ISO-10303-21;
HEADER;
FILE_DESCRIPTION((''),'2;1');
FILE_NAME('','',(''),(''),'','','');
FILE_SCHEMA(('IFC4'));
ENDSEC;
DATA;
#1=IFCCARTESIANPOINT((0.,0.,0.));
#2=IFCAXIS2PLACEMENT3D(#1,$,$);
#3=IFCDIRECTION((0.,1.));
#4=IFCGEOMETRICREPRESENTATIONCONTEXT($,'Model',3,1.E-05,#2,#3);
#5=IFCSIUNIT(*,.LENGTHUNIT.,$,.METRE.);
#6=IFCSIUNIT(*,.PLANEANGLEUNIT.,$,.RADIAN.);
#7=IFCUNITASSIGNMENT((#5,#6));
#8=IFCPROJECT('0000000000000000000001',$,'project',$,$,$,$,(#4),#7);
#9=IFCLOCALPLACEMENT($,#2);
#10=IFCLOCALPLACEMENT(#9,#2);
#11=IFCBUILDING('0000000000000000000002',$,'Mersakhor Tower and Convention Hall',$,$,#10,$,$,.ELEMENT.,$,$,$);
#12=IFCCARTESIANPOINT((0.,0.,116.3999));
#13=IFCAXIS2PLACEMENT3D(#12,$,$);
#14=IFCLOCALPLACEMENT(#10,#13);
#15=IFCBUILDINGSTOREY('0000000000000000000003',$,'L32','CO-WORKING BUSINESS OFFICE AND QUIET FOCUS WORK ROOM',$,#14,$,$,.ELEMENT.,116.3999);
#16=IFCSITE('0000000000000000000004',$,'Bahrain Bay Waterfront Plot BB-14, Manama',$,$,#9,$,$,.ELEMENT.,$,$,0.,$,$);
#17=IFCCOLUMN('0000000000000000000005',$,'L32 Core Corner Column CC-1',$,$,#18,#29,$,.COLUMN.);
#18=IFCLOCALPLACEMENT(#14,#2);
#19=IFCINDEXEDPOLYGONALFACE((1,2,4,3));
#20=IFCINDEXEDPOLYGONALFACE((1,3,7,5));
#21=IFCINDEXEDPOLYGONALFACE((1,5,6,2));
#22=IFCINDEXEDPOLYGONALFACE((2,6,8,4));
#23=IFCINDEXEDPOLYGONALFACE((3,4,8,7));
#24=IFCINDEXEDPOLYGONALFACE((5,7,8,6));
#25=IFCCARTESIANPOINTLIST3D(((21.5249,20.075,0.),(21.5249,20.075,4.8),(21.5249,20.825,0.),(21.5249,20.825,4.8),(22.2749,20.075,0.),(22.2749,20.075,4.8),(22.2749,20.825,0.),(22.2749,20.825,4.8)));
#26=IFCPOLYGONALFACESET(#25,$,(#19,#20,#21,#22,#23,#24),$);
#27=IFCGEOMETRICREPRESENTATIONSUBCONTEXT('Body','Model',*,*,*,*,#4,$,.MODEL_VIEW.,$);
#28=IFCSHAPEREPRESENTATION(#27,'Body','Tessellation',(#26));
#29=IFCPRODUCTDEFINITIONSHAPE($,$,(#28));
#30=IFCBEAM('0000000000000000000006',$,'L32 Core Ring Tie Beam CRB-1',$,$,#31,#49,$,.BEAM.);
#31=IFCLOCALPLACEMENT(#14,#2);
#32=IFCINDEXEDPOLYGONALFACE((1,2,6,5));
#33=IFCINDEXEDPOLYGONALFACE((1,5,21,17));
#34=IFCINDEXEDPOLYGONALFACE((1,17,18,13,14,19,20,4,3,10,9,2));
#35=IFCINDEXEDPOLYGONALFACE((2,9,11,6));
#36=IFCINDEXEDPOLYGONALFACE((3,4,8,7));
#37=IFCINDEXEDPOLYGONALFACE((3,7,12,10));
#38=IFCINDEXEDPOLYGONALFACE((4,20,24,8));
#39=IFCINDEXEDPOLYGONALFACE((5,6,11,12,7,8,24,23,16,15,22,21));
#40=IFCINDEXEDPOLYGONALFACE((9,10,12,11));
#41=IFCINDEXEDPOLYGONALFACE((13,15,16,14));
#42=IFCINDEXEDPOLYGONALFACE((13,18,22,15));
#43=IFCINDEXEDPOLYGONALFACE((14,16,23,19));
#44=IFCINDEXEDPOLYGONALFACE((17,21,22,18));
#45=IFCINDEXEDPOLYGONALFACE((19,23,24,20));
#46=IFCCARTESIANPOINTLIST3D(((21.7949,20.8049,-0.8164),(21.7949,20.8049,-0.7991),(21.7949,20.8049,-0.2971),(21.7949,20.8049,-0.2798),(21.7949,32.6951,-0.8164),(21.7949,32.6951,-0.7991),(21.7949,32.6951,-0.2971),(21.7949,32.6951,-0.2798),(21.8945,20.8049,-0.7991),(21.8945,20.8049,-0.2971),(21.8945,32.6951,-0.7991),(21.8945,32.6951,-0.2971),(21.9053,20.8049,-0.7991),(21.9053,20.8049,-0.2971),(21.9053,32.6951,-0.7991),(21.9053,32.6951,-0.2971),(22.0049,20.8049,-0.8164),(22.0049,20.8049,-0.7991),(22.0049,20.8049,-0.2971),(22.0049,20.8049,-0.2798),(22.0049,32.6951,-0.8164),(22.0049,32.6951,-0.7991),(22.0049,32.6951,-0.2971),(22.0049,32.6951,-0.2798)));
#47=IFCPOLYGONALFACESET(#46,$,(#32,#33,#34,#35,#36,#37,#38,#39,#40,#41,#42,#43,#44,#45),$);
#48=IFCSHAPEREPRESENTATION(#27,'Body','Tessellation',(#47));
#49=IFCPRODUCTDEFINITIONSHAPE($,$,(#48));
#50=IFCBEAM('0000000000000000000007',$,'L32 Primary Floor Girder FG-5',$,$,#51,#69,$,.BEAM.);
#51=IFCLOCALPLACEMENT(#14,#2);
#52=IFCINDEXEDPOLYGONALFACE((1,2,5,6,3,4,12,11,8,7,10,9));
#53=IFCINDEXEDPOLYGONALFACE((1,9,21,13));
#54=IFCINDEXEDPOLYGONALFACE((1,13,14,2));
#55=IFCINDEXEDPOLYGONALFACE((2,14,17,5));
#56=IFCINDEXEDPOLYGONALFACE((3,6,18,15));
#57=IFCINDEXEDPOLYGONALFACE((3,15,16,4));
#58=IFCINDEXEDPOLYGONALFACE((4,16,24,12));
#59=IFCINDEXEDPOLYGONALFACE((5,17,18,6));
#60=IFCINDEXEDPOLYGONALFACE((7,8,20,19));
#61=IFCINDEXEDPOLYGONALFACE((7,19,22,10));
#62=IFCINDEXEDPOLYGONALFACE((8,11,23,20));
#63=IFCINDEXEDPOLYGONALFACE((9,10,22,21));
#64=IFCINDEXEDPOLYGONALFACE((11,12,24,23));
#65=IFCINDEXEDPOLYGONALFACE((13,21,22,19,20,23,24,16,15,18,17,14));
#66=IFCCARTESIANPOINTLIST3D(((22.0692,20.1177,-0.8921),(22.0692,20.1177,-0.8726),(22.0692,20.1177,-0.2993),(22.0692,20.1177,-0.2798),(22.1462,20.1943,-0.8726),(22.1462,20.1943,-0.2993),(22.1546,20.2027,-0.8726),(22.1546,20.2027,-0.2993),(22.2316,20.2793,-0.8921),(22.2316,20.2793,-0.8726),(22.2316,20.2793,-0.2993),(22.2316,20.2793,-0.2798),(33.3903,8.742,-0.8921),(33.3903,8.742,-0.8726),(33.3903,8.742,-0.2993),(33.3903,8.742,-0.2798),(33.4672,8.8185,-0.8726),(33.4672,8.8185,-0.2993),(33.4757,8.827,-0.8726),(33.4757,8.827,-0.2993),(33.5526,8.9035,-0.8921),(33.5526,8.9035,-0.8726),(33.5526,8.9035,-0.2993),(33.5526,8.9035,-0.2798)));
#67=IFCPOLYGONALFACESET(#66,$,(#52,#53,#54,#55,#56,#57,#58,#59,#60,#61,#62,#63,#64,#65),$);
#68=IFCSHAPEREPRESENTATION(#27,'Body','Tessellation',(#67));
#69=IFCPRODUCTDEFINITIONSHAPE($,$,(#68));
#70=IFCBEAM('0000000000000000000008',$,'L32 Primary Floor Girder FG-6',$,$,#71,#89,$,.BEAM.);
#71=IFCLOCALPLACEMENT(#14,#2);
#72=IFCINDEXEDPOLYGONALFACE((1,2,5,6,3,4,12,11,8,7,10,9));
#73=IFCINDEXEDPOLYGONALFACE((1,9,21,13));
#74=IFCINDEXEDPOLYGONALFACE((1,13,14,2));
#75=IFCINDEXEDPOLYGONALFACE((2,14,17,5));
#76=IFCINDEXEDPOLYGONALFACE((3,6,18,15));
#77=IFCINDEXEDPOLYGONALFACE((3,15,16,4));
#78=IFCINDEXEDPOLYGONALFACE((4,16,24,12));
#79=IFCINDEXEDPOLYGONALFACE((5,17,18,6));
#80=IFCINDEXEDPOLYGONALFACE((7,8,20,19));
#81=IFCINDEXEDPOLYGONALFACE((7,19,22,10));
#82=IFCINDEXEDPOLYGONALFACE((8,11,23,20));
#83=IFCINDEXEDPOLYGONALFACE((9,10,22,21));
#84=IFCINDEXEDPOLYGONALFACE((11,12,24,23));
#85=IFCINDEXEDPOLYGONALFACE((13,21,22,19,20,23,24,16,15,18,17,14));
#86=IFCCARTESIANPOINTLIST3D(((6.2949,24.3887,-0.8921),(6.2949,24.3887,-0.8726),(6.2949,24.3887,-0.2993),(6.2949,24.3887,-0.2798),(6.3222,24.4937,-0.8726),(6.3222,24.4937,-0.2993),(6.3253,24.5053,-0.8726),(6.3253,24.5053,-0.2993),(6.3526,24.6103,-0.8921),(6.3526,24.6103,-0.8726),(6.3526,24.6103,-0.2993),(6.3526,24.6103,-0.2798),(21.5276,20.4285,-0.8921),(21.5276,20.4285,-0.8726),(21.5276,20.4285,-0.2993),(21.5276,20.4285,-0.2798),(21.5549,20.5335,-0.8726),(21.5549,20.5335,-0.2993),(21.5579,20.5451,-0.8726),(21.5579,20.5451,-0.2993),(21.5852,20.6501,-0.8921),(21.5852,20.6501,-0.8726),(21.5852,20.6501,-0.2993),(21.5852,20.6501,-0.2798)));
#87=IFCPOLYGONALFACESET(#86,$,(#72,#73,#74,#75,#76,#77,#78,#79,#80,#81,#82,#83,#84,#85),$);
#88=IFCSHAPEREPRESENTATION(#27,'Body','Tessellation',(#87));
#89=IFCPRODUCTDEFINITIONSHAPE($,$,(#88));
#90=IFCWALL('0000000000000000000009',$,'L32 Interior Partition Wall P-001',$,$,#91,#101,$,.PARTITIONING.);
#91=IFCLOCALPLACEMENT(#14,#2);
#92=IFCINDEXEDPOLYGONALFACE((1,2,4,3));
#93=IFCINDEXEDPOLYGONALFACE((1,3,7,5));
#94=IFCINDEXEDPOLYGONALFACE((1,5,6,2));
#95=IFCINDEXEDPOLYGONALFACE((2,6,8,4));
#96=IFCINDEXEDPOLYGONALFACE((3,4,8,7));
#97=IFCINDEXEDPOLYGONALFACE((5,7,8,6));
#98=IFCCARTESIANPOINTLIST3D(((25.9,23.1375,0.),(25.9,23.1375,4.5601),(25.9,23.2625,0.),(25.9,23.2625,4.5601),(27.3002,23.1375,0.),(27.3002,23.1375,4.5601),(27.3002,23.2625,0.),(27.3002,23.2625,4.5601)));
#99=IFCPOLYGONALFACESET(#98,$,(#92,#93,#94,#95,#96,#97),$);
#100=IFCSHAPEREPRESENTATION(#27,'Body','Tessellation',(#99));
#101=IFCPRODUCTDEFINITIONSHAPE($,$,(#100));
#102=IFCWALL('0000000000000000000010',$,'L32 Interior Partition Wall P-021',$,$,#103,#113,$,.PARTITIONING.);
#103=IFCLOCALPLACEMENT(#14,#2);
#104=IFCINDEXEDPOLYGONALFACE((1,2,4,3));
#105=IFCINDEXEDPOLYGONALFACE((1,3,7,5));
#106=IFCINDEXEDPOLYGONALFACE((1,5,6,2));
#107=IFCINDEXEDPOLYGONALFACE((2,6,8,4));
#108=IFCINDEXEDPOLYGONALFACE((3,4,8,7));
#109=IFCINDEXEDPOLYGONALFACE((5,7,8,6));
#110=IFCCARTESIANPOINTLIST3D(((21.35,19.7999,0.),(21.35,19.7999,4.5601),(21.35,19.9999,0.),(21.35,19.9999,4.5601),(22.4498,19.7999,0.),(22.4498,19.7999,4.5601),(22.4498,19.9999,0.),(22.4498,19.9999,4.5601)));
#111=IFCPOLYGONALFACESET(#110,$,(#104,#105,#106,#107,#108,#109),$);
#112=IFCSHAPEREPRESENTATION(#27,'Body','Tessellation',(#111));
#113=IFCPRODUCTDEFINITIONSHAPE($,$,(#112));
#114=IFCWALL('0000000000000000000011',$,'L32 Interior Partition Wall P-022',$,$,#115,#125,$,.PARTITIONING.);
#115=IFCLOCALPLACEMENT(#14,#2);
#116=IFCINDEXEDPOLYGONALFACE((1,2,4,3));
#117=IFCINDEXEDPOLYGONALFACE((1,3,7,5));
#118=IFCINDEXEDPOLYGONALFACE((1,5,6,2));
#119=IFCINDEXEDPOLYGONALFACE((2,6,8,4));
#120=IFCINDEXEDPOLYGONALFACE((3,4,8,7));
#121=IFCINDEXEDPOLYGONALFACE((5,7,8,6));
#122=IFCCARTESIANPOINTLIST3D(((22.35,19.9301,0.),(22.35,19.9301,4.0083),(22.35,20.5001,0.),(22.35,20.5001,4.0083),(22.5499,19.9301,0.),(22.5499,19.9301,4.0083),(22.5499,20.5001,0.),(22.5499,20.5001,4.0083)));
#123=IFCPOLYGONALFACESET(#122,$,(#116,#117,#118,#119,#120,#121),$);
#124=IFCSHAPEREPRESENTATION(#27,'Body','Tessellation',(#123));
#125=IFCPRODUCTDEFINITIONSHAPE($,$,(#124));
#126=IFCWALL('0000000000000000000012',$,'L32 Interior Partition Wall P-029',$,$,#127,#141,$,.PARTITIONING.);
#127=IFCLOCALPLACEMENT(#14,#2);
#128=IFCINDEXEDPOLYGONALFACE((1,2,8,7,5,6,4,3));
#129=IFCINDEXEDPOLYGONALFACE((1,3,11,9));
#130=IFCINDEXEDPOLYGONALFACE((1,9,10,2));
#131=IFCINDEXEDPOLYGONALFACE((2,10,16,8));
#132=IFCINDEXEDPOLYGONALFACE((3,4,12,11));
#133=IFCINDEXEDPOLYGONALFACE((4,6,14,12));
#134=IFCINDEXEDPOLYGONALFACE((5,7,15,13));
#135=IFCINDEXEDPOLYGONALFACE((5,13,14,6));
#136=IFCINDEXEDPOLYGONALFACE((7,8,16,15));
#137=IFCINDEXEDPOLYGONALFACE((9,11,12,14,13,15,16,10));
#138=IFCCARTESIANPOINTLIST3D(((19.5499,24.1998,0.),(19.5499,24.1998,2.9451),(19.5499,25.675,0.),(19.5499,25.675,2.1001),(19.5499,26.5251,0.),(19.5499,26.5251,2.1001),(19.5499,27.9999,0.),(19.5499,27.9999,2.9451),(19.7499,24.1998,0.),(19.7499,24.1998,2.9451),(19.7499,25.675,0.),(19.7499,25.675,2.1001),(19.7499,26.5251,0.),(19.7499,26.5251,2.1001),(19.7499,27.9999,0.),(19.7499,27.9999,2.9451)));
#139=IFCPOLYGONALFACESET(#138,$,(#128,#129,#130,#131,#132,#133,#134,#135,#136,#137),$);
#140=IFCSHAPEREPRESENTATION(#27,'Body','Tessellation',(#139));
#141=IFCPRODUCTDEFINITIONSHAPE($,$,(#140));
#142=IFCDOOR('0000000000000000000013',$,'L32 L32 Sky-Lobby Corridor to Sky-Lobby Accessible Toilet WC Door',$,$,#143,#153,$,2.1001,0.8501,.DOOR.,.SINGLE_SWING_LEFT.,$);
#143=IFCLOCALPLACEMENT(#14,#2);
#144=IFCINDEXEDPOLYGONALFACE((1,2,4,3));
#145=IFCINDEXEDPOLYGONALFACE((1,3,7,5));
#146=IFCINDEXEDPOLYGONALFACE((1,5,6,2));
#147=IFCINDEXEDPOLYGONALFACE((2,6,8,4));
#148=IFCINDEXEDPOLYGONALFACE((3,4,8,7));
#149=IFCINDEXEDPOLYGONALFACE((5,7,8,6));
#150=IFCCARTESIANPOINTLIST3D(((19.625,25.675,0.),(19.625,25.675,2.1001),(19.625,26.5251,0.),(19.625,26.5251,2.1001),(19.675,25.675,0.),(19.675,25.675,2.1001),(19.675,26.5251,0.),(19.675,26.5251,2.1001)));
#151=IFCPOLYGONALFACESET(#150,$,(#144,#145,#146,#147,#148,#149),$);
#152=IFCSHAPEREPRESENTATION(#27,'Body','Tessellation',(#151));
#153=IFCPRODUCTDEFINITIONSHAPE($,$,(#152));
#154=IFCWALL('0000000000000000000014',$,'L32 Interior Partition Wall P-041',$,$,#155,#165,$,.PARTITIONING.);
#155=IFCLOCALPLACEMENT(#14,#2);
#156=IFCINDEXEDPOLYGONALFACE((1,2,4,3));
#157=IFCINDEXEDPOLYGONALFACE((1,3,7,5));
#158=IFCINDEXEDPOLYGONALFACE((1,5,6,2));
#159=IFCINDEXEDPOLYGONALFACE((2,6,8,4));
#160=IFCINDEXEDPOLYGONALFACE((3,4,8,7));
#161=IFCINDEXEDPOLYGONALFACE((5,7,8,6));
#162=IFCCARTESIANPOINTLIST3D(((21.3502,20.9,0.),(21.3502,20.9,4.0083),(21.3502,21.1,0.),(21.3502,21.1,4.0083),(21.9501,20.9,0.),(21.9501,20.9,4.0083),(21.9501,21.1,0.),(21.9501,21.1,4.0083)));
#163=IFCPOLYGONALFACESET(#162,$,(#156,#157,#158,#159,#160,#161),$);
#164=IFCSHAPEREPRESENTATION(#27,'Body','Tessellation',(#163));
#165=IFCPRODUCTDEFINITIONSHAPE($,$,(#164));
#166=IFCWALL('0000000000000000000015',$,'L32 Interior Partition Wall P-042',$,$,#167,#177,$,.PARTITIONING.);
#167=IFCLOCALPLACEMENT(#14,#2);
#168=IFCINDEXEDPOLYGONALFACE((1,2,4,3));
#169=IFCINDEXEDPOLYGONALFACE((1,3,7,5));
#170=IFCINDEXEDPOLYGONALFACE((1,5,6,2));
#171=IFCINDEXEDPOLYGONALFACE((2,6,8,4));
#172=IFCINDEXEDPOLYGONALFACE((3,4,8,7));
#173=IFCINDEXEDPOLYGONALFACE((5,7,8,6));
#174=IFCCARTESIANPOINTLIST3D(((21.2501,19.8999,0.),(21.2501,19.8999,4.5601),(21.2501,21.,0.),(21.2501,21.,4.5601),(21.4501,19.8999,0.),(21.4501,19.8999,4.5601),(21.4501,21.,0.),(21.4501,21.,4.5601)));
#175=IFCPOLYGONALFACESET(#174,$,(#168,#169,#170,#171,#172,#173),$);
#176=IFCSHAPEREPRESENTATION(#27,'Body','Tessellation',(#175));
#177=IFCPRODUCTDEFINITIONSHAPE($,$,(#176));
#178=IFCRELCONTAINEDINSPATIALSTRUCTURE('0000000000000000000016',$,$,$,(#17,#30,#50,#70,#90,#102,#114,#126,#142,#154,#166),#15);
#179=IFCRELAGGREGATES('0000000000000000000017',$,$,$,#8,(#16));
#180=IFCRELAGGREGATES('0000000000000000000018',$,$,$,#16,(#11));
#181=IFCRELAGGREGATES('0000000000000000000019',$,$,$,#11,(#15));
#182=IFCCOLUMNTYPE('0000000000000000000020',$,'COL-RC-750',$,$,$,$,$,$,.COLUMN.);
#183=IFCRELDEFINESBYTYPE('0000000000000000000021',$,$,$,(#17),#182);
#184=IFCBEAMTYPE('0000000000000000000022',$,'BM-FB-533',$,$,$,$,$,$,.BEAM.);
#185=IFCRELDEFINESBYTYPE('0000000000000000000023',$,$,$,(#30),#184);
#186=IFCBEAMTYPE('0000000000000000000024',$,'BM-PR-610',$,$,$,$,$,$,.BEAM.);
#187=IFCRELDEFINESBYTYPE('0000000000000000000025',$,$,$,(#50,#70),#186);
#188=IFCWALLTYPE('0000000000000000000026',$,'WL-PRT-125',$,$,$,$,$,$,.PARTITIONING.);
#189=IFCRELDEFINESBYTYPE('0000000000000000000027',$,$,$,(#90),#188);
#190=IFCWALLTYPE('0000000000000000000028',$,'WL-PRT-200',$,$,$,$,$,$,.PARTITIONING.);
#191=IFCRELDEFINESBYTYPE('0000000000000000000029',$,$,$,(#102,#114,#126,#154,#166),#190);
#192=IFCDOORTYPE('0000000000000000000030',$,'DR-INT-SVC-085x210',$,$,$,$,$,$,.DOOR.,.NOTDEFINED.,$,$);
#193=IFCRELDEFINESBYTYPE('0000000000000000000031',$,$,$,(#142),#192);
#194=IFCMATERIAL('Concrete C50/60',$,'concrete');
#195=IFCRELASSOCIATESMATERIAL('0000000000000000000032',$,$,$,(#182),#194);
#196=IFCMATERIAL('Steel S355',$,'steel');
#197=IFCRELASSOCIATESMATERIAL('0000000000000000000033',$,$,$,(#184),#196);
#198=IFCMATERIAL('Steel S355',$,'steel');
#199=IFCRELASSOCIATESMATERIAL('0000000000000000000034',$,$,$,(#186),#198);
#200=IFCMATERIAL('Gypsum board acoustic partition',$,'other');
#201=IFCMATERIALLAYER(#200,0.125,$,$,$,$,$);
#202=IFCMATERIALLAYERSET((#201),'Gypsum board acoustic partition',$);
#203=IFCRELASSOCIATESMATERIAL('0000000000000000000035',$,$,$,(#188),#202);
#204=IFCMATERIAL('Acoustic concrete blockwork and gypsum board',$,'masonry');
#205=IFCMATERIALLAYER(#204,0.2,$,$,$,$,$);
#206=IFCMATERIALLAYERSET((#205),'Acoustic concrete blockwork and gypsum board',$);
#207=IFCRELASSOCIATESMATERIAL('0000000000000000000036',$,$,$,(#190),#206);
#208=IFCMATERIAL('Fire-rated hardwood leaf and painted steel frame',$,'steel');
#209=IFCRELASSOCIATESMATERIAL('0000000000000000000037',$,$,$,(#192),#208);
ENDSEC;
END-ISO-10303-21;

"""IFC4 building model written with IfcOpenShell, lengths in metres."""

from ifc_helpers import new_model, si_unit, direction, frame, frame_2d, origin, origin_2d, place, context, subcontext, project, spatial, rectangle, i_section, extrude, material, layer, layer_set, material_profile, profile_set, type_object, element, fill, save


model = new_model("IFC4")

# Units and contexts
model_context = context("Model", 3, precision=1e-05, world=origin(), true_north=direction((0.0, 1.0)))
body_context = subcontext(model_context, "Body", "Model", "MODEL_VIEW")
ifc_project = project(units=[si_unit("LENGTHUNIT", "METRE"), si_unit("PLANEANGLEUNIT", "RADIAN")], contexts=[model_context])

# Site, building, storey
site_placement = place(None, origin())
site = spatial("IfcSite", under=ifc_project, at=site_placement, Name="Bahrain Bay Waterfront Plot BB-14, Manama", CompositionType="ELEMENT", RefElevation=0.0)
building_placement = place(site_placement, origin())
building = spatial("IfcBuilding", under=site, at=building_placement, Name="Mersakhor Tower and Convention Hall", CompositionType="ELEMENT")
storey_placement = place(building_placement, frame((0.0, 0.0, 116.3999)))
storey = spatial("IfcBuildingStorey", under=building, at=storey_placement, Name="L32", Description="CO-WORKING BUSINESS OFFICE AND QUIET FOCUS WORK ROOM", CompositionType="ELEMENT", Elevation=116.3999)

# Column
ifc_material_1 = material(Name="Concrete C50/60", Category="concrete")
ifc_material_profile_1 = material_profile(ifc_material_1, rectangle(XDim=0.75, YDim=0.75, at=origin_2d()), Name="RC 750x750")
ifc_profile_set_1 = profile_set([ifc_material_profile_1], Name="Concrete C50/60")
column_type = type_object("IfcColumnType", Name="COL-RC-750", PredefinedType="COLUMN", material=ifc_profile_set_1)
column_placement = place(storey_placement, frame((21.8999, 20.45, 0.0), z_axis=(0.0, 0.0, 1.0), x_axis=(1.0, 0.0, 0.0)))
element("IfcColumn", 1, at=column_placement, inside=storey, type_object=column_type, Name="L32 Core Corner Column CC-1", PredefinedType="COLUMN", context=body_context, shape_type="SweptSolid", body=[
    extrude(rectangle(XDim=0.75, YDim=0.75, at=origin_2d()), origin(), (0.0, 0.0, 1.0), 4.8),
])

# Beams
ifc_material_2 = material(Name="Steel S355", Category="steel")
ifc_material_profile_2 = material_profile(ifc_material_2, i_section(OverallWidth=0.21, OverallDepth=0.5366, WebThickness=0.0107, FlangeThickness=0.0173, at=origin_2d()), Name="UB 533x210x101")
ifc_profile_set_2 = profile_set([ifc_material_profile_2], Name="Steel S355")
beam_type_1 = type_object("IfcBeamType", Name="BM-FB-533", PredefinedType="BEAM", material=ifc_profile_set_2)
beam_1_placement = place(storey_placement, frame((21.8999, 20.8049, -0.5481), z_axis=(0.0, 1.0, 0.0), x_axis=(-1.0, 0.0, 0.0)))
element("IfcBeam", 2, at=beam_1_placement, inside=storey, type_object=beam_type_1, Name="L32 Core Ring Tie Beam CRB-1", PredefinedType="BEAM", context=body_context, shape_type="SweptSolid", body=[
    extrude(i_section(OverallWidth=0.21, OverallDepth=0.5366, WebThickness=0.0107, FlangeThickness=0.0173, at=origin_2d()), origin(), (0.0, 0.0, 1.0), 11.8901),
])
ifc_material_3 = material(Name="Steel S355", Category="steel")
ifc_material_profile_3 = material_profile(ifc_material_3, i_section(OverallWidth=0.229, OverallDepth=0.6123, WebThickness=0.012, FlangeThickness=0.0195, at=origin_2d()), Name="UB 610x229x125")
ifc_profile_set_3 = profile_set([ifc_material_profile_3], Name="Steel S355")
beam_type_2 = type_object("IfcBeamType", Name="BM-PR-610", PredefinedType="BEAM", material=ifc_profile_set_3)
beam_2_placement = place(storey_placement, frame((22.1504, 20.1985, -0.5859), z_axis=(0.705401, -0.708808, 0.0), x_axis=(0.708808, 0.705401, 0.0)))
element("IfcBeam", 3, at=beam_2_placement, inside=storey, type_object=beam_type_2, Name="L32 Primary Floor Girder FG-5", PredefinedType="BEAM", context=body_context, shape_type="SweptSolid", body=[
    extrude(i_section(OverallWidth=0.229, OverallDepth=0.6123, WebThickness=0.012, FlangeThickness=0.0195, at=origin_2d()), origin(), (0.0, 0.0, 1.0), 16.0491),
])
beam_3_placement = place(storey_placement, frame((21.5564, 20.5393, -0.5859), z_axis=(-0.967827, 0.251617, 0.0), x_axis=(-0.251617, -0.967827, 0.0)))
element("IfcBeam", 4, at=beam_3_placement, inside=storey, type_object=beam_type_2, Name="L32 Primary Floor Girder FG-6", PredefinedType="BEAM", context=body_context, shape_type="SweptSolid", body=[
    extrude(i_section(OverallWidth=0.229, OverallDepth=0.6123, WebThickness=0.012, FlangeThickness=0.0195, at=origin_2d()), origin(), (0.0, 0.0, 1.0), 15.739),
])

# Wall
ifc_material_4 = material(Name="Gypsum board acoustic partition", Category="other")
ifc_layer_1 = layer(ifc_material_4, 0.125)
ifc_layer_set_1 = layer_set([ifc_layer_1], Name="Gypsum board acoustic partition")
wall_type_1 = type_object("IfcWallType", Name="WL-PRT-125", PredefinedType="PARTITIONING", material=ifc_layer_set_1)
wall_1_placement = place(storey_placement, frame((25.8999, 23.2, 0.0), z_axis=(0.0, 0.0, 1.0), x_axis=(1.0, 0.0, 0.0)))
element("IfcWall", 5, at=wall_1_placement, inside=storey, type_object=wall_type_1, Name="L32 Interior Partition Wall P-001", PredefinedType="PARTITIONING", context=body_context, shape_type="SweptSolid", body=[
    extrude(rectangle(XDim=1.4001, YDim=0.125, at=frame_2d((0.7002, 0.0))), origin(), (0.0, 0.0, 1.0), 4.5601),
])

# Shared definitions
ifc_material_5 = material(Name="Acoustic concrete blockwork and gypsum board", Category="masonry")
ifc_layer_2 = layer(ifc_material_5, 0.2)
ifc_layer_set_2 = layer_set([ifc_layer_2], Name="Acoustic concrete blockwork and gypsum board")
wall_type_2 = type_object("IfcWallType", Name="WL-PRT-200", PredefinedType="PARTITIONING", material=ifc_layer_set_2)

# Walls
wall_2_placement = place(storey_placement, frame((21.3501, 19.8999, 0.0), z_axis=(0.0, 0.0, 1.0), x_axis=(1.0, 0.0, 0.0)))
element("IfcWall", 6, at=wall_2_placement, inside=storey, type_object=wall_type_2, Name="L32 Interior Partition Wall P-021", PredefinedType="PARTITIONING", context=body_context, shape_type="SweptSolid", body=[
    extrude(rectangle(XDim=1.0999, YDim=0.2, at=frame_2d((0.5498, 0.0))), origin(), (0.0, 0.0, 1.0), 4.5601),
])
wall_3_placement = place(storey_placement, frame((22.45, 19.9299, 0.0), z_axis=(0.0, 0.0, 1.0), x_axis=(0.0, 1.0, 0.0)))
element("IfcWall", 7, at=wall_3_placement, inside=storey, type_object=wall_type_2, Name="L32 Interior Partition Wall P-022", PredefinedType="PARTITIONING", context=body_context, shape_type="SweptSolid", body=[
    extrude(rectangle(XDim=0.5701, YDim=0.2, at=frame_2d((0.2852, 0.0))), origin(), (0.0, 0.0, 1.0), 4.0083),
])

# Wall, opening, door
wall_4_placement = place(storey_placement, frame((19.6499, 24.2, 0.0), z_axis=(0.0, 0.0, 1.0), x_axis=(0.0, 1.0, 0.0)))
wall_4 = element("IfcWall", 8, at=wall_4_placement, inside=storey, type_object=wall_type_2, Name="L32 Interior Partition Wall P-029", PredefinedType="PARTITIONING", context=body_context, shape_type="SweptSolid", body=[
    extrude(rectangle(XDim=3.8, YDim=0.2, at=frame_2d((1.8999, 0.0))), origin(), (0.0, 0.0, 1.0), 2.9451),
])
opening_1_placement = place(wall_4_placement, frame((1.4751, 0.0, 0.0)))
opening_1 = element("IfcOpeningElement", 9, at=opening_1_placement, cuts=wall_4, PredefinedType="OPENING", context=body_context, shape_type="SweptSolid", body=[
    extrude(rectangle(XDim=0.8501, YDim=2.1001, at=frame_2d((0.425, 1.05))), frame((0.0, 0.1099, 0.0), z_axis=(0.0, -1.0, 0.0), x_axis=(1.0, 0.0, 0.0)), (0.0, 0.0, 1.0), 0.22),
])
ifc_material_6 = material(Name="Fire-rated hardwood leaf and painted steel frame", Category="steel")
door_type_1 = type_object("IfcDoorType", Name="DR-INT-SVC-085x210", OperationType="NOTDEFINED", PredefinedType="DOOR", material=ifc_material_6)
door_1_placement = place(opening_1_placement, origin())
door_1 = element("IfcDoor", 10, at=door_1_placement, inside=storey, type_object=door_type_1, Name="L32 L32 Sky-Lobby Corridor to Sky-Lobby Accessible Toilet WC Door", OperationType="SINGLE_SWING_LEFT", OverallHeight=2.1001, OverallWidth=0.8501, PredefinedType="DOOR", context=body_context, shape_type="SweptSolid", body=[
    extrude(rectangle(XDim=0.8501, YDim=2.1001, at=frame_2d((0.425, 1.05))), frame((0.0, 0.0249, 0.0), z_axis=(0.0, -1.0, 0.0), x_axis=(1.0, 0.0, 0.0)), (0.0, 0.0, 1.0), 0.05),
])
fill(opening_1, door_1)

# Walls
wall_5_placement = place(storey_placement, frame((21.95, 21.0, 0.0), z_axis=(0.0, 0.0, 1.0), x_axis=(-1.0, 0.0, 0.0)))
element("IfcWall", 11, at=wall_5_placement, inside=storey, type_object=wall_type_2, Name="L32 Interior Partition Wall P-041", PredefinedType="PARTITIONING", context=body_context, shape_type="SweptSolid", body=[
    extrude(rectangle(XDim=0.5999, YDim=0.2, at=frame_2d((0.2998, 0.0))), origin(), (0.0, 0.0, 1.0), 4.0083),
])
wall_6_placement = place(storey_placement, frame((21.3501, 21.0, 0.0), z_axis=(0.0, 0.0, 1.0), x_axis=(0.0, -1.0, 0.0)))
element("IfcWall", 12, at=wall_6_placement, inside=storey, type_object=wall_type_2, Name="L32 Interior Partition Wall P-042", PredefinedType="PARTITIONING", context=body_context, shape_type="SweptSolid", body=[
    extrude(rectangle(XDim=1.1001, YDim=0.2, at=frame_2d((0.55, 0.0))), origin(), (0.0, 0.0, 1.0), 4.5601),
])

save(model, "model.ifc")
